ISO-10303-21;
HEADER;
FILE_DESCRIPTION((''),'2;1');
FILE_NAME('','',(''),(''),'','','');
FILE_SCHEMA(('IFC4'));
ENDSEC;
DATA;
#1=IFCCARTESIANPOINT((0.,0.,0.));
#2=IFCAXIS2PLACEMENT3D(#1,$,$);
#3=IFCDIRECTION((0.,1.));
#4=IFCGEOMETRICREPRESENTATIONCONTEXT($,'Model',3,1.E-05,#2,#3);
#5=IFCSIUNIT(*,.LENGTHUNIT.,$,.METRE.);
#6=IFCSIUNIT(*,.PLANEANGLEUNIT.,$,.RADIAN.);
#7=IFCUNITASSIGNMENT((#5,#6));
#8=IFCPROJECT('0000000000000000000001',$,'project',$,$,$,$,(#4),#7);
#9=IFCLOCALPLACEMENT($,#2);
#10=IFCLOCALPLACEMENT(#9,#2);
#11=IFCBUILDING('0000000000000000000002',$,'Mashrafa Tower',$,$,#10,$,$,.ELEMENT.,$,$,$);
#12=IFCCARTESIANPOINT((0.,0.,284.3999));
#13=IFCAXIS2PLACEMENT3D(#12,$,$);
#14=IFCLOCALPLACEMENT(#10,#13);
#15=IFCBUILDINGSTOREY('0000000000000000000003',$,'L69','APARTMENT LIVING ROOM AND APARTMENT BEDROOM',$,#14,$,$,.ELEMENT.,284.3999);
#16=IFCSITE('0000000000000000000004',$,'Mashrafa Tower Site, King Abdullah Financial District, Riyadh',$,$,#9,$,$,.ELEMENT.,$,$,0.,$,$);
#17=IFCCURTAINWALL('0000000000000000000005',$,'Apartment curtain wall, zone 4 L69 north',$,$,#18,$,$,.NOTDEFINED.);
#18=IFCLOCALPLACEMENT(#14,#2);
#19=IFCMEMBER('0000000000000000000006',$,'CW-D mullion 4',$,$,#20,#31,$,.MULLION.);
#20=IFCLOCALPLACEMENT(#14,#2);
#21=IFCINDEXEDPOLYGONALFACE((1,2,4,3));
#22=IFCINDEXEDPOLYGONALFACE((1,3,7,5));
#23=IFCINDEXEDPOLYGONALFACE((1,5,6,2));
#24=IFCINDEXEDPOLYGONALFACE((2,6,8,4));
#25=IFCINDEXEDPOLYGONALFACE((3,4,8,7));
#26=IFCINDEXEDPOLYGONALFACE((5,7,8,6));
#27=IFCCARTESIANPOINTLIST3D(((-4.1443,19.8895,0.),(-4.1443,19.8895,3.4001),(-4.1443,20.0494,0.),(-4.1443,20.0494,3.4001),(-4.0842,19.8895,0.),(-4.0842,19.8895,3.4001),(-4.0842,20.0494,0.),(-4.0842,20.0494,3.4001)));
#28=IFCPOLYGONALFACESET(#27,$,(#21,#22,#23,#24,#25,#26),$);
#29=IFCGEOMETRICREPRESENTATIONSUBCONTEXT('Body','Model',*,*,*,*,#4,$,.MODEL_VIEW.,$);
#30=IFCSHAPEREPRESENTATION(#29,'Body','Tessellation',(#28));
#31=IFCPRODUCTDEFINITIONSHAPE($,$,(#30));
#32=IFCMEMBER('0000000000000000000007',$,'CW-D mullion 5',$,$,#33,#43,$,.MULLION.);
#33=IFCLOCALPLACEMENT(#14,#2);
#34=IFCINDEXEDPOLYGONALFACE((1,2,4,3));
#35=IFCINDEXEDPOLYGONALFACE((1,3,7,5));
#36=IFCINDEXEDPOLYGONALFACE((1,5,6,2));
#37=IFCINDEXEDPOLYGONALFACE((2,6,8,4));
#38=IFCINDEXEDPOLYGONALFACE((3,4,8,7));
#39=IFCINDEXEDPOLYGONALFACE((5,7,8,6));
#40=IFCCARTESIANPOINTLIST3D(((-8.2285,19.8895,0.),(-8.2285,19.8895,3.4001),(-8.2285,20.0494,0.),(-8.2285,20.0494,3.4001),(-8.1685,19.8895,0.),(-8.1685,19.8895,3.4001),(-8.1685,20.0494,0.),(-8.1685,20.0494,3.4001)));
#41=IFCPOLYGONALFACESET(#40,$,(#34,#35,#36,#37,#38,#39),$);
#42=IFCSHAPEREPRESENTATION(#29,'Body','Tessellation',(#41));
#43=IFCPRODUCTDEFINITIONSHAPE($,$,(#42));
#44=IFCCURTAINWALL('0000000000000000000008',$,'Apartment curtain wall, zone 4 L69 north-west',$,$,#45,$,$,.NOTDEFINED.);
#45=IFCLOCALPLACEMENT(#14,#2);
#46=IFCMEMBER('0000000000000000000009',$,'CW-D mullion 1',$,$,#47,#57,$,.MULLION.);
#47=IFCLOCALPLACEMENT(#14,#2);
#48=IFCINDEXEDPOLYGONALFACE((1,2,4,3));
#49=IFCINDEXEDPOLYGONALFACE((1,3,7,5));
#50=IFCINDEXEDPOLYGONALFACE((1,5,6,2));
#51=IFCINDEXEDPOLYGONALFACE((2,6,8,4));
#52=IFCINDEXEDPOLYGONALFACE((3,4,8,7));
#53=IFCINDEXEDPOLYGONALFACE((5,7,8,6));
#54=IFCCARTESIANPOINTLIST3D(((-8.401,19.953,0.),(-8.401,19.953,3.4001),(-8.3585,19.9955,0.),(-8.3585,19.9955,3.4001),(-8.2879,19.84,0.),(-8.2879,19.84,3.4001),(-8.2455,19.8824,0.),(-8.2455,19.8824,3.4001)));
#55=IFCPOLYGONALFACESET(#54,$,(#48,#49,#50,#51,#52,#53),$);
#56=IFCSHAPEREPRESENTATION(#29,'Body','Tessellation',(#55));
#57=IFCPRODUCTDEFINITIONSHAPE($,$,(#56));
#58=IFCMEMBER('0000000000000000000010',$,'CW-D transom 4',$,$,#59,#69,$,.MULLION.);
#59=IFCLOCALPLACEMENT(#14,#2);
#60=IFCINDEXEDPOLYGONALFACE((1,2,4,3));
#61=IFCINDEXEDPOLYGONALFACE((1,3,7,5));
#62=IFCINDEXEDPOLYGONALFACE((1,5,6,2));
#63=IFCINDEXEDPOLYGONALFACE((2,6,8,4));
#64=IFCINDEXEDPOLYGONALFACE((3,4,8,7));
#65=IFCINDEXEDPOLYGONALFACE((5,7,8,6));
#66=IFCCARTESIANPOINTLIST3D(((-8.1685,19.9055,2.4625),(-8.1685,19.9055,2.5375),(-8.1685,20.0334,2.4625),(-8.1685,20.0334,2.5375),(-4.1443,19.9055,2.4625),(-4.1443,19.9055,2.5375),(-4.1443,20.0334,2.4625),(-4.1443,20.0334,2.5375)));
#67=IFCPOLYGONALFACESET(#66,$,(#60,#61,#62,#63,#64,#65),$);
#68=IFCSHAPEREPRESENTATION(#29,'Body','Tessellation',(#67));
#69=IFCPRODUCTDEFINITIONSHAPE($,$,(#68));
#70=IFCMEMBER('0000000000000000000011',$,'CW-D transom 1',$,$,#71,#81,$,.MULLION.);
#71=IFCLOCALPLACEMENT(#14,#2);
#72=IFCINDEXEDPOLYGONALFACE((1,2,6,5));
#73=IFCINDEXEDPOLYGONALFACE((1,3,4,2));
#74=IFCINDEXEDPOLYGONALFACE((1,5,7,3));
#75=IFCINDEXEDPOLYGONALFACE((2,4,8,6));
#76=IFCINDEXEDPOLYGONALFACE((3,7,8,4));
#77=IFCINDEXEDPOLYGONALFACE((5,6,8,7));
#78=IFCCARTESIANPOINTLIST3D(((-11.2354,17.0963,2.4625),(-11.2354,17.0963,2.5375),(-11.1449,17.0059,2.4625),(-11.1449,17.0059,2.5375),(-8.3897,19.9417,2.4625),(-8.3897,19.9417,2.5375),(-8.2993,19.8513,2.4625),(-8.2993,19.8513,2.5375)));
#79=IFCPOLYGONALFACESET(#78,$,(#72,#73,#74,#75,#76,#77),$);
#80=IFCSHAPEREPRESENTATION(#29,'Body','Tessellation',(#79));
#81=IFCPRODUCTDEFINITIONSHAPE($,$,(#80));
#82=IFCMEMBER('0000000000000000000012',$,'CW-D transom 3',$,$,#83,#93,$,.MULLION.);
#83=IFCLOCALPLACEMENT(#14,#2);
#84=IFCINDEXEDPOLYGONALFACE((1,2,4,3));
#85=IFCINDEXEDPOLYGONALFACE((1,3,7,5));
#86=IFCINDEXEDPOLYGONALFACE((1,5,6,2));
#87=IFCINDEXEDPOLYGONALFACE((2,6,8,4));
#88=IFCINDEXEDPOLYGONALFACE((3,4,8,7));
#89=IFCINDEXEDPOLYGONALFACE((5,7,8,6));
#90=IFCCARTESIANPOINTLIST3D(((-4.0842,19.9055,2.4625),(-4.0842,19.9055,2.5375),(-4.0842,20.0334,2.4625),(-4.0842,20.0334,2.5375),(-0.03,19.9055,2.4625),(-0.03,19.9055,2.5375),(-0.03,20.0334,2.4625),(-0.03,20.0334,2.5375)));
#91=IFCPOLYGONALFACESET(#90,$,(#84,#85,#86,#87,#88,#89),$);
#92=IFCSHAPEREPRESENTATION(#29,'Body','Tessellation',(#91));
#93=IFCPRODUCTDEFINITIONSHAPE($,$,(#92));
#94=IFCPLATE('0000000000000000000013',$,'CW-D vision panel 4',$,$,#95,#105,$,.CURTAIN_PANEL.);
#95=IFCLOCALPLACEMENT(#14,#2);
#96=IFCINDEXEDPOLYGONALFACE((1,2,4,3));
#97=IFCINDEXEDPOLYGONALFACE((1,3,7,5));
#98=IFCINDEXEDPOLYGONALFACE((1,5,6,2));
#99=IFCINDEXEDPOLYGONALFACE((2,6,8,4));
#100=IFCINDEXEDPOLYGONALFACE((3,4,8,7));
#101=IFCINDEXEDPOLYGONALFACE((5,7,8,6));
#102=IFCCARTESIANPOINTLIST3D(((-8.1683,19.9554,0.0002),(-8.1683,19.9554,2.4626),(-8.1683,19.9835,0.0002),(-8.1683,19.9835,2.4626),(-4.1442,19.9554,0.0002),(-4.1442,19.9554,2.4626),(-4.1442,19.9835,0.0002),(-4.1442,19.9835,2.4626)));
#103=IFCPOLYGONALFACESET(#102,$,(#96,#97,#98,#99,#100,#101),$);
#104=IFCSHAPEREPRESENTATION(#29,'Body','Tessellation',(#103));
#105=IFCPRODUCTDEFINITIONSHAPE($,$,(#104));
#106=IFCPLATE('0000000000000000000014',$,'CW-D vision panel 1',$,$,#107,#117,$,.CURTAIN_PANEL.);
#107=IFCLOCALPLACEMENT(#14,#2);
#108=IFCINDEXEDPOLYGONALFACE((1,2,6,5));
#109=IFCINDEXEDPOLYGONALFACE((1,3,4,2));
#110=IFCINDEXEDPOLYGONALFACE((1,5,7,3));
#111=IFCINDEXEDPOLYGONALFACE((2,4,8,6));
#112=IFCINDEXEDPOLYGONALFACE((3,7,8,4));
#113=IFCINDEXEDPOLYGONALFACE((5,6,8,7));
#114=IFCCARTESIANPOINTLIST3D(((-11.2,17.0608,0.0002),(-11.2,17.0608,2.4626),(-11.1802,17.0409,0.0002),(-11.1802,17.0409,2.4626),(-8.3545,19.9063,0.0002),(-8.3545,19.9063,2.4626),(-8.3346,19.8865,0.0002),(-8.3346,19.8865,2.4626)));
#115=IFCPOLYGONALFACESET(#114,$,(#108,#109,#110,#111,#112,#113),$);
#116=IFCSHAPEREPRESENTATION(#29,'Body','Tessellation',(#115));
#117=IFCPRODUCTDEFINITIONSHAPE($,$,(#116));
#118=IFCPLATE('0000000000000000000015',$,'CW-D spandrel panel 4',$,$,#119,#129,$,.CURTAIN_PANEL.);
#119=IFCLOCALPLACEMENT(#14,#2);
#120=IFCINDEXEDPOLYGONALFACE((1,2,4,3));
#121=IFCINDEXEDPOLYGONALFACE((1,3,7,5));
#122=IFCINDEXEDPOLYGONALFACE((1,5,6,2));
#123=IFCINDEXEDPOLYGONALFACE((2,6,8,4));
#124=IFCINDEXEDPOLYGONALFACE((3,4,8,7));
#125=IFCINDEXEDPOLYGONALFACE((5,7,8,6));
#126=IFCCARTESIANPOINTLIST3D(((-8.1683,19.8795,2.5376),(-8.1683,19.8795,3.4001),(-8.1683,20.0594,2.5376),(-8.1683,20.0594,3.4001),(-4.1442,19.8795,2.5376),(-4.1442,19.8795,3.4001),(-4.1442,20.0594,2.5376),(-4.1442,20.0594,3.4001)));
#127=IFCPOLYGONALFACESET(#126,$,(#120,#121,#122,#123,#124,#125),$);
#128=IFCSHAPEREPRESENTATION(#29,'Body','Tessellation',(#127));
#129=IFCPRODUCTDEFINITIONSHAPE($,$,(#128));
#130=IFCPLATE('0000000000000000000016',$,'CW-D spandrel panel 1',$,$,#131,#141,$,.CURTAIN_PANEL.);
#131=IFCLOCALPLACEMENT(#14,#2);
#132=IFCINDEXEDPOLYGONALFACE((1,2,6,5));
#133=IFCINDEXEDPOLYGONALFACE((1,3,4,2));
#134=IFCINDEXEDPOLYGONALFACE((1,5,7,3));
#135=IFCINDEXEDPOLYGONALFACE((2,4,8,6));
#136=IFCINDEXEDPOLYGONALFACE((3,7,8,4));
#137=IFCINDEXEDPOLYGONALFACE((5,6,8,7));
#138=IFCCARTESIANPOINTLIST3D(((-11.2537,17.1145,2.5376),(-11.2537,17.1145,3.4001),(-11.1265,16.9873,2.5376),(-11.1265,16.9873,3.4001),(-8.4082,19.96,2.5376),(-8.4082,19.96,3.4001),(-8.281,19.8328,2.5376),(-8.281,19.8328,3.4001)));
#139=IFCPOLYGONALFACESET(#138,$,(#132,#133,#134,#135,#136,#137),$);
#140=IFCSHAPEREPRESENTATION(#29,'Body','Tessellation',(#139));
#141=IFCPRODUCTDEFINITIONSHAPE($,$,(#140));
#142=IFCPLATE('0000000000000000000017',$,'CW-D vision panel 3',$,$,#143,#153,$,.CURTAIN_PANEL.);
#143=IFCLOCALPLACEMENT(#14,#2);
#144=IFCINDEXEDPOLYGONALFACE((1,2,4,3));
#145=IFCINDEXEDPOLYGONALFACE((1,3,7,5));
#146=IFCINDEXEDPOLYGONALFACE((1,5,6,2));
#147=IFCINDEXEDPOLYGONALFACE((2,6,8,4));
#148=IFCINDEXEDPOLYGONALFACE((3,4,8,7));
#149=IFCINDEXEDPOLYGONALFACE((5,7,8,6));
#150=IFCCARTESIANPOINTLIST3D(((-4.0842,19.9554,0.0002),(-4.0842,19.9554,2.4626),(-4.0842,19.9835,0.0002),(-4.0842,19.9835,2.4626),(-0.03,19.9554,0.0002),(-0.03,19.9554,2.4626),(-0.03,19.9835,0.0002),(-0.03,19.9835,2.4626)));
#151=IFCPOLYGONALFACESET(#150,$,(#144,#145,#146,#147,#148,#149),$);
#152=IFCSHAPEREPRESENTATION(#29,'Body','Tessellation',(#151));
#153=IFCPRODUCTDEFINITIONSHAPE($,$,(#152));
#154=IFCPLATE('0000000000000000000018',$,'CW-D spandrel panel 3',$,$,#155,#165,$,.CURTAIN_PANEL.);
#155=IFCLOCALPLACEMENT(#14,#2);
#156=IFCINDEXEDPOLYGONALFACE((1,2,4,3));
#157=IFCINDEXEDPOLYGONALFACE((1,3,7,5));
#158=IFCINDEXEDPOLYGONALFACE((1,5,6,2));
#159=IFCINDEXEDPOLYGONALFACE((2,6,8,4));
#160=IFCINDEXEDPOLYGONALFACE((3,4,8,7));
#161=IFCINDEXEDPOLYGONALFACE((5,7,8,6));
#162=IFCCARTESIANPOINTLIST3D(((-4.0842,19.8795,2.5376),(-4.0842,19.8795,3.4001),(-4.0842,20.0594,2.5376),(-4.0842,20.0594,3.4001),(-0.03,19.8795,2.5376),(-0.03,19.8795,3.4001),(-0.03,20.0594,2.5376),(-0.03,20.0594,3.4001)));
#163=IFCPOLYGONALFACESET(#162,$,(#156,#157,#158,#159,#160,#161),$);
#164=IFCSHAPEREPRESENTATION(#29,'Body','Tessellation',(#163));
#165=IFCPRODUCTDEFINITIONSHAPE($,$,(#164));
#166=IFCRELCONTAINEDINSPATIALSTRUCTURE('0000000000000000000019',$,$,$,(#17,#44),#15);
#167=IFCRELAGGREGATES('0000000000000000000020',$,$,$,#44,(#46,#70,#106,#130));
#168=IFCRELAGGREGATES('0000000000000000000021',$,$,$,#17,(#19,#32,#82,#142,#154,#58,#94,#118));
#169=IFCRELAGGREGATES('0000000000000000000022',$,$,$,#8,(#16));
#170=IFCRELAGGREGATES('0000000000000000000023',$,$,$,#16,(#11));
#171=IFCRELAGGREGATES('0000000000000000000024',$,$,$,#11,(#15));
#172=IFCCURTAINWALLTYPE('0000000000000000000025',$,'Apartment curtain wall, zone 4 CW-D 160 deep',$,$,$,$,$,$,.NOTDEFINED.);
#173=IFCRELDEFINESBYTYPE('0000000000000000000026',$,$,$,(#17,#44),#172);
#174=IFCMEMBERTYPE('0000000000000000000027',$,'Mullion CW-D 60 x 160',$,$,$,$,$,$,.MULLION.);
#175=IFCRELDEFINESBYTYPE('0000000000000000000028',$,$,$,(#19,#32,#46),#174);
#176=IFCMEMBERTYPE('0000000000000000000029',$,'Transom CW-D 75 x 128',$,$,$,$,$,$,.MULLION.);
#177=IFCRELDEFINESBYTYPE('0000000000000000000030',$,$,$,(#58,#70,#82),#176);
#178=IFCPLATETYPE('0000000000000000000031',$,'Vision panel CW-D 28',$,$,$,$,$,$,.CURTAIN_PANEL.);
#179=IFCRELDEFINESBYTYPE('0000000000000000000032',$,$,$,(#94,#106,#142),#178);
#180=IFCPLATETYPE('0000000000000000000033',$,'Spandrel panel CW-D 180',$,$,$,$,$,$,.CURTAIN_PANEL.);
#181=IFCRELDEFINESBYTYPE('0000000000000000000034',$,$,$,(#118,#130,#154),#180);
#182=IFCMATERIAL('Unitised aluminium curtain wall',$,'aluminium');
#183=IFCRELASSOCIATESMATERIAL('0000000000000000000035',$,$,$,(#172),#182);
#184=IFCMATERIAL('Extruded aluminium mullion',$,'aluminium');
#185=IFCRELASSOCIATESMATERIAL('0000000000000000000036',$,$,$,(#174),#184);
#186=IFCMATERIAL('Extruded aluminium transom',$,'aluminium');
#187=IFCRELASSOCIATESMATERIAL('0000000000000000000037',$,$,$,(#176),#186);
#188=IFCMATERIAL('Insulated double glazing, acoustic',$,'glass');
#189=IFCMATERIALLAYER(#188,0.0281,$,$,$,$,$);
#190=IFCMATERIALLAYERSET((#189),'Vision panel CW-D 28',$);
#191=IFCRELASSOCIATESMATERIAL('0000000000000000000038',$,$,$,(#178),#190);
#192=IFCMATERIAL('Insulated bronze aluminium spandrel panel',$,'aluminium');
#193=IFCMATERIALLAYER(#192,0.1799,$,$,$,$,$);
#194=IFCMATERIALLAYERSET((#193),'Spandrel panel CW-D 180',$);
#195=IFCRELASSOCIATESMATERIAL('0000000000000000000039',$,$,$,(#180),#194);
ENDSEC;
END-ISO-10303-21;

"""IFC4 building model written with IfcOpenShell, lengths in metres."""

from ifc_helpers import new_model, si_unit, direction, frame, origin, origin_2d, place, context, subcontext, project, spatial, rectangle, extrude, source, transform, mapped, material, layer, layer_set, material_profile, profile_set, type_object, type_shapes, element, aggregate, save


model = new_model("IFC4")

# Units and contexts
model_context = context("Model", 3, precision=1e-05, world=origin(), true_north=direction((0.0, 1.0)))
body_context = subcontext(model_context, "Body", "Model", "MODEL_VIEW")
ifc_project = project(units=[si_unit("LENGTHUNIT", "METRE"), si_unit("PLANEANGLEUNIT", "RADIAN")], contexts=[model_context])

# Site, building, storey
site_placement = place(None, origin())
site = spatial("IfcSite", under=ifc_project, at=site_placement, Name="Mashrafa Tower Site, King Abdullah Financial District, Riyadh", CompositionType="ELEMENT", RefElevation=0.0)
building_placement = place(site_placement, origin())
building = spatial("IfcBuilding", under=site, at=building_placement, Name="Mashrafa Tower", CompositionType="ELEMENT")
storey_placement = place(building_placement, frame((0.0, 0.0, 284.3999)))
storey = spatial("IfcBuildingStorey", under=building, at=storey_placement, Name="L69", Description="APARTMENT LIVING ROOM AND APARTMENT BEDROOM", CompositionType="ELEMENT", Elevation=284.3999)

# Curtain wall, members
ifc_material_1 = material(Name="Unitised aluminium curtain wall", Category="aluminium")
curtain_wall_type = type_object("IfcCurtainWallType", Name="Apartment curtain wall, zone 4 CW-D 160 deep", PredefinedType="NOTDEFINED", material=ifc_material_1)
curtain_wall_1_placement = place(storey_placement, origin())
curtain_wall_1 = element("IfcCurtainWall", 1, at=curtain_wall_1_placement, inside=storey, type_object=curtain_wall_type, Name="Apartment curtain wall, zone 4 L69 north", PredefinedType="NOTDEFINED")
ifc_material_2 = material(Name="Extruded aluminium mullion", Category="aluminium")
ifc_material_profile_1 = material_profile(ifc_material_2, rectangle(XDim=0.1599, YDim=0.0601, at=origin_2d()), Name="Mullion 60x160")
ifc_profile_set_1 = profile_set([ifc_material_profile_1], Name="Extruded aluminium mullion")
member_type_1 = type_object("IfcMemberType", Name="Mullion CW-D 60 x 160", PredefinedType="MULLION", material=ifc_profile_set_1)
shared_shape_1 = source(origin(), body_context, "Body", "SweptSolid", [
    extrude(rectangle(XDim=0.1599, YDim=0.0601, at=origin_2d()), origin(), (0.0, 0.0, 1.0), 3.4001),
])
type_shapes(member_type_1, [shared_shape_1])
member_1_placement = place(storey_placement, frame((-4.1143, 19.9695, 0.0), z_axis=(0.0, 0.0, 1.0), x_axis=(0.0, -1.0, 0.0)))
member_1 = element("IfcMember", 2, at=member_1_placement, type_object=member_type_1, Name="CW-D mullion 4", PredefinedType="MULLION", context=body_context, shape_type="MappedRepresentation", body=[
    mapped(shared_shape_1, transform((0.0, 0.0, 0.0))),
])
member_2_placement = place(storey_placement, frame((-8.1985, 19.9695, 0.0), z_axis=(0.0, 0.0, 1.0), x_axis=(0.0, -1.0, 0.0)))
member_2 = element("IfcMember", 3, at=member_2_placement, type_object=member_type_1, Name="CW-D mullion 5", PredefinedType="MULLION", context=body_context, shape_type="MappedRepresentation", body=[
    mapped(shared_shape_1, transform((0.0, 0.0, 0.0))),
])

# Curtain wall, member
curtain_wall_2_placement = place(storey_placement, origin())
curtain_wall_2 = element("IfcCurtainWall", 4, at=curtain_wall_2_placement, inside=storey, type_object=curtain_wall_type, Name="Apartment curtain wall, zone 4 L69 north-west", PredefinedType="NOTDEFINED")
member_3_placement = place(storey_placement, frame((-8.3232, 19.9177, 0.0), z_axis=(0.0, 0.0, 1.0), x_axis=(0.707107, -0.707107, 0.0)))
member_3 = element("IfcMember", 5, at=member_3_placement, type_object=member_type_1, Name="CW-D mullion 1", PredefinedType="MULLION", context=body_context, shape_type="MappedRepresentation", body=[
    mapped(shared_shape_1, transform((0.0, 0.0, 0.0))),
])

# Members
ifc_material_3 = material(Name="Extruded aluminium transom", Category="aluminium")
ifc_material_profile_2 = material_profile(ifc_material_3, rectangle(XDim=0.1279, YDim=0.075, at=origin_2d()), Name="Transom 75x128")
ifc_profile_set_2 = profile_set([ifc_material_profile_2], Name="Extruded aluminium transom")
member_type_2 = type_object("IfcMemberType", Name="Transom CW-D 75 x 128", PredefinedType="MULLION", material=ifc_profile_set_2)
shared_shape_2 = source(origin(), body_context, "Body", "SweptSolid", [
    extrude(rectangle(XDim=0.1279, YDim=0.075, at=origin_2d()), origin(), (0.0, 0.0, 1.0), 4.0242),
])
member_4_placement = place(storey_placement, frame((-4.1443, 19.9695, 2.5), z_axis=(-1.0, 0.0, 0.0), x_axis=(0.0, -1.0, 0.0)))
member_4 = element("IfcMember", 6, at=member_4_placement, type_object=member_type_2, Name="CW-D transom 4", PredefinedType="MULLION", context=body_context, shape_type="MappedRepresentation", body=[
    mapped(shared_shape_2, transform((0.0, 0.0, 0.0))),
])
member_5_placement = place(storey_placement, frame((-8.3445, 19.8965, 2.5), z_axis=(-0.707137, -0.707076, 0.0), x_axis=(0.707076, -0.707137, 0.0)))
member_5 = element("IfcMember", 7, at=member_5_placement, type_object=member_type_2, Name="CW-D transom 1", PredefinedType="MULLION", context=body_context, shape_type="MappedRepresentation", body=[
    mapped(shared_shape_2, transform((0.0, 0.0, 0.0))),
])
shared_shape_3 = source(origin(), body_context, "Body", "SweptSolid", [
    extrude(rectangle(XDim=0.1279, YDim=0.075, at=origin_2d()), origin(), (0.0, 0.0, 1.0), 4.0542),
])
type_shapes(member_type_2, [shared_shape_2, shared_shape_3])
member_6_placement = place(storey_placement, frame((-0.03, 19.9695, 2.5), z_axis=(-1.0, 0.0, 0.0), x_axis=(0.0, -1.0, 0.0)))
member_6 = element("IfcMember", 8, at=member_6_placement, type_object=member_type_2, Name="CW-D transom 3", PredefinedType="MULLION", context=body_context, shape_type="MappedRepresentation", body=[
    mapped(shared_shape_3, transform((0.0, 0.0, 0.0))),
])

# Plates
ifc_material_4 = material(Name="Insulated double glazing, acoustic", Category="glass")
ifc_layer_1 = layer(ifc_material_4, 0.0281)
ifc_layer_set_1 = layer_set([ifc_layer_1], Name="Vision panel CW-D 28")
plate_type_1 = type_object("IfcPlateType", Name="Vision panel CW-D 28", PredefinedType="CURTAIN_PANEL", material=ifc_layer_set_1)
shared_shape_4 = source(origin(), body_context, "Body", "SweptSolid", [
    extrude(rectangle(XDim=4.0242, YDim=0.0281, at=origin_2d()), origin(), (0.0, 0.0, 1.0), 2.4624),
])
plate_1_placement = place(storey_placement, frame((-6.1562, 19.9695, 0.0002), z_axis=(0.0, 0.0, 1.0), x_axis=(-1.0, 0.0, 0.0)))
plate_1 = element("IfcPlate", 9, at=plate_1_placement, type_object=plate_type_1, Name="CW-D vision panel 4", PredefinedType="CURTAIN_PANEL", context=body_context, shape_type="MappedRepresentation", body=[
    mapped(shared_shape_4, transform((0.0, 0.0, 0.0))),
])
plate_2_placement = place(storey_placement, frame((-9.7673, 18.4736, 0.0002), z_axis=(0.0, 0.0, 1.0), x_axis=(-0.707107, -0.707107, 0.0)))
plate_2 = element("IfcPlate", 10, at=plate_2_placement, type_object=plate_type_1, Name="CW-D vision panel 1", PredefinedType="CURTAIN_PANEL", context=body_context, shape_type="MappedRepresentation", body=[
    mapped(shared_shape_4, transform((0.0, 0.0, 0.0))),
])
ifc_material_5 = material(Name="Insulated bronze aluminium spandrel panel", Category="aluminium")
ifc_layer_2 = layer(ifc_material_5, 0.1799)
ifc_layer_set_2 = layer_set([ifc_layer_2], Name="Spandrel panel CW-D 180")
plate_type_2 = type_object("IfcPlateType", Name="Spandrel panel CW-D 180", PredefinedType="CURTAIN_PANEL", material=ifc_layer_set_2)
shared_shape_5 = source(origin(), body_context, "Body", "SweptSolid", [
    extrude(rectangle(XDim=4.0242, YDim=0.1799, at=origin_2d()), origin(), (0.0, 0.0, 1.0), 0.8625),
])
plate_3_placement = place(storey_placement, frame((-6.1562, 19.9695, 2.5376), z_axis=(0.0, 0.0, 1.0), x_axis=(-1.0, 0.0, 0.0)))
plate_3 = element("IfcPlate", 11, at=plate_3_placement, type_object=plate_type_2, Name="CW-D spandrel panel 4", PredefinedType="CURTAIN_PANEL", context=body_context, shape_type="MappedRepresentation", body=[
    mapped(shared_shape_5, transform((0.0, 0.0, 0.0))),
])
plate_4_placement = place(storey_placement, frame((-9.7673, 18.4736, 2.5376), z_axis=(0.0, 0.0, 1.0), x_axis=(-0.707107, -0.707107, 0.0)))
plate_4 = element("IfcPlate", 12, at=plate_4_placement, type_object=plate_type_2, Name="CW-D spandrel panel 1", PredefinedType="CURTAIN_PANEL", context=body_context, shape_type="MappedRepresentation", body=[
    mapped(shared_shape_5, transform((0.0, 0.0, 0.0))),
])
aggregate(curtain_wall_2, [member_3, member_5, plate_2, plate_4])
shared_shape_6 = source(origin(), body_context, "Body", "SweptSolid", [
    extrude(rectangle(XDim=4.0542, YDim=0.0281, at=origin_2d()), origin(), (0.0, 0.0, 1.0), 2.4624),
])
type_shapes(plate_type_1, [shared_shape_4, shared_shape_6])
plate_5_placement = place(storey_placement, frame((-2.0571, 19.9695, 0.0002), z_axis=(0.0, 0.0, 1.0), x_axis=(-1.0, 0.0, 0.0)))
plate_5 = element("IfcPlate", 13, at=plate_5_placement, type_object=plate_type_1, Name="CW-D vision panel 3", PredefinedType="CURTAIN_PANEL", context=body_context, shape_type="MappedRepresentation", body=[
    mapped(shared_shape_6, transform((0.0, 0.0, 0.0))),
])
shared_shape_7 = source(origin(), body_context, "Body", "SweptSolid", [
    extrude(rectangle(XDim=4.0542, YDim=0.1799, at=origin_2d()), origin(), (0.0, 0.0, 1.0), 0.8625),
])
type_shapes(plate_type_2, [shared_shape_5, shared_shape_7])
plate_6_placement = place(storey_placement, frame((-2.0571, 19.9695, 2.5376), z_axis=(0.0, 0.0, 1.0), x_axis=(-1.0, 0.0, 0.0)))
plate_6 = element("IfcPlate", 14, at=plate_6_placement, type_object=plate_type_2, Name="CW-D spandrel panel 3", PredefinedType="CURTAIN_PANEL", context=body_context, shape_type="MappedRepresentation", body=[
    mapped(shared_shape_7, transform((0.0, 0.0, 0.0))),
])
aggregate(curtain_wall_1, [member_1, member_2, member_6, plate_5, plate_6, member_4, plate_1, plate_3])

save(model, "model.ifc")
